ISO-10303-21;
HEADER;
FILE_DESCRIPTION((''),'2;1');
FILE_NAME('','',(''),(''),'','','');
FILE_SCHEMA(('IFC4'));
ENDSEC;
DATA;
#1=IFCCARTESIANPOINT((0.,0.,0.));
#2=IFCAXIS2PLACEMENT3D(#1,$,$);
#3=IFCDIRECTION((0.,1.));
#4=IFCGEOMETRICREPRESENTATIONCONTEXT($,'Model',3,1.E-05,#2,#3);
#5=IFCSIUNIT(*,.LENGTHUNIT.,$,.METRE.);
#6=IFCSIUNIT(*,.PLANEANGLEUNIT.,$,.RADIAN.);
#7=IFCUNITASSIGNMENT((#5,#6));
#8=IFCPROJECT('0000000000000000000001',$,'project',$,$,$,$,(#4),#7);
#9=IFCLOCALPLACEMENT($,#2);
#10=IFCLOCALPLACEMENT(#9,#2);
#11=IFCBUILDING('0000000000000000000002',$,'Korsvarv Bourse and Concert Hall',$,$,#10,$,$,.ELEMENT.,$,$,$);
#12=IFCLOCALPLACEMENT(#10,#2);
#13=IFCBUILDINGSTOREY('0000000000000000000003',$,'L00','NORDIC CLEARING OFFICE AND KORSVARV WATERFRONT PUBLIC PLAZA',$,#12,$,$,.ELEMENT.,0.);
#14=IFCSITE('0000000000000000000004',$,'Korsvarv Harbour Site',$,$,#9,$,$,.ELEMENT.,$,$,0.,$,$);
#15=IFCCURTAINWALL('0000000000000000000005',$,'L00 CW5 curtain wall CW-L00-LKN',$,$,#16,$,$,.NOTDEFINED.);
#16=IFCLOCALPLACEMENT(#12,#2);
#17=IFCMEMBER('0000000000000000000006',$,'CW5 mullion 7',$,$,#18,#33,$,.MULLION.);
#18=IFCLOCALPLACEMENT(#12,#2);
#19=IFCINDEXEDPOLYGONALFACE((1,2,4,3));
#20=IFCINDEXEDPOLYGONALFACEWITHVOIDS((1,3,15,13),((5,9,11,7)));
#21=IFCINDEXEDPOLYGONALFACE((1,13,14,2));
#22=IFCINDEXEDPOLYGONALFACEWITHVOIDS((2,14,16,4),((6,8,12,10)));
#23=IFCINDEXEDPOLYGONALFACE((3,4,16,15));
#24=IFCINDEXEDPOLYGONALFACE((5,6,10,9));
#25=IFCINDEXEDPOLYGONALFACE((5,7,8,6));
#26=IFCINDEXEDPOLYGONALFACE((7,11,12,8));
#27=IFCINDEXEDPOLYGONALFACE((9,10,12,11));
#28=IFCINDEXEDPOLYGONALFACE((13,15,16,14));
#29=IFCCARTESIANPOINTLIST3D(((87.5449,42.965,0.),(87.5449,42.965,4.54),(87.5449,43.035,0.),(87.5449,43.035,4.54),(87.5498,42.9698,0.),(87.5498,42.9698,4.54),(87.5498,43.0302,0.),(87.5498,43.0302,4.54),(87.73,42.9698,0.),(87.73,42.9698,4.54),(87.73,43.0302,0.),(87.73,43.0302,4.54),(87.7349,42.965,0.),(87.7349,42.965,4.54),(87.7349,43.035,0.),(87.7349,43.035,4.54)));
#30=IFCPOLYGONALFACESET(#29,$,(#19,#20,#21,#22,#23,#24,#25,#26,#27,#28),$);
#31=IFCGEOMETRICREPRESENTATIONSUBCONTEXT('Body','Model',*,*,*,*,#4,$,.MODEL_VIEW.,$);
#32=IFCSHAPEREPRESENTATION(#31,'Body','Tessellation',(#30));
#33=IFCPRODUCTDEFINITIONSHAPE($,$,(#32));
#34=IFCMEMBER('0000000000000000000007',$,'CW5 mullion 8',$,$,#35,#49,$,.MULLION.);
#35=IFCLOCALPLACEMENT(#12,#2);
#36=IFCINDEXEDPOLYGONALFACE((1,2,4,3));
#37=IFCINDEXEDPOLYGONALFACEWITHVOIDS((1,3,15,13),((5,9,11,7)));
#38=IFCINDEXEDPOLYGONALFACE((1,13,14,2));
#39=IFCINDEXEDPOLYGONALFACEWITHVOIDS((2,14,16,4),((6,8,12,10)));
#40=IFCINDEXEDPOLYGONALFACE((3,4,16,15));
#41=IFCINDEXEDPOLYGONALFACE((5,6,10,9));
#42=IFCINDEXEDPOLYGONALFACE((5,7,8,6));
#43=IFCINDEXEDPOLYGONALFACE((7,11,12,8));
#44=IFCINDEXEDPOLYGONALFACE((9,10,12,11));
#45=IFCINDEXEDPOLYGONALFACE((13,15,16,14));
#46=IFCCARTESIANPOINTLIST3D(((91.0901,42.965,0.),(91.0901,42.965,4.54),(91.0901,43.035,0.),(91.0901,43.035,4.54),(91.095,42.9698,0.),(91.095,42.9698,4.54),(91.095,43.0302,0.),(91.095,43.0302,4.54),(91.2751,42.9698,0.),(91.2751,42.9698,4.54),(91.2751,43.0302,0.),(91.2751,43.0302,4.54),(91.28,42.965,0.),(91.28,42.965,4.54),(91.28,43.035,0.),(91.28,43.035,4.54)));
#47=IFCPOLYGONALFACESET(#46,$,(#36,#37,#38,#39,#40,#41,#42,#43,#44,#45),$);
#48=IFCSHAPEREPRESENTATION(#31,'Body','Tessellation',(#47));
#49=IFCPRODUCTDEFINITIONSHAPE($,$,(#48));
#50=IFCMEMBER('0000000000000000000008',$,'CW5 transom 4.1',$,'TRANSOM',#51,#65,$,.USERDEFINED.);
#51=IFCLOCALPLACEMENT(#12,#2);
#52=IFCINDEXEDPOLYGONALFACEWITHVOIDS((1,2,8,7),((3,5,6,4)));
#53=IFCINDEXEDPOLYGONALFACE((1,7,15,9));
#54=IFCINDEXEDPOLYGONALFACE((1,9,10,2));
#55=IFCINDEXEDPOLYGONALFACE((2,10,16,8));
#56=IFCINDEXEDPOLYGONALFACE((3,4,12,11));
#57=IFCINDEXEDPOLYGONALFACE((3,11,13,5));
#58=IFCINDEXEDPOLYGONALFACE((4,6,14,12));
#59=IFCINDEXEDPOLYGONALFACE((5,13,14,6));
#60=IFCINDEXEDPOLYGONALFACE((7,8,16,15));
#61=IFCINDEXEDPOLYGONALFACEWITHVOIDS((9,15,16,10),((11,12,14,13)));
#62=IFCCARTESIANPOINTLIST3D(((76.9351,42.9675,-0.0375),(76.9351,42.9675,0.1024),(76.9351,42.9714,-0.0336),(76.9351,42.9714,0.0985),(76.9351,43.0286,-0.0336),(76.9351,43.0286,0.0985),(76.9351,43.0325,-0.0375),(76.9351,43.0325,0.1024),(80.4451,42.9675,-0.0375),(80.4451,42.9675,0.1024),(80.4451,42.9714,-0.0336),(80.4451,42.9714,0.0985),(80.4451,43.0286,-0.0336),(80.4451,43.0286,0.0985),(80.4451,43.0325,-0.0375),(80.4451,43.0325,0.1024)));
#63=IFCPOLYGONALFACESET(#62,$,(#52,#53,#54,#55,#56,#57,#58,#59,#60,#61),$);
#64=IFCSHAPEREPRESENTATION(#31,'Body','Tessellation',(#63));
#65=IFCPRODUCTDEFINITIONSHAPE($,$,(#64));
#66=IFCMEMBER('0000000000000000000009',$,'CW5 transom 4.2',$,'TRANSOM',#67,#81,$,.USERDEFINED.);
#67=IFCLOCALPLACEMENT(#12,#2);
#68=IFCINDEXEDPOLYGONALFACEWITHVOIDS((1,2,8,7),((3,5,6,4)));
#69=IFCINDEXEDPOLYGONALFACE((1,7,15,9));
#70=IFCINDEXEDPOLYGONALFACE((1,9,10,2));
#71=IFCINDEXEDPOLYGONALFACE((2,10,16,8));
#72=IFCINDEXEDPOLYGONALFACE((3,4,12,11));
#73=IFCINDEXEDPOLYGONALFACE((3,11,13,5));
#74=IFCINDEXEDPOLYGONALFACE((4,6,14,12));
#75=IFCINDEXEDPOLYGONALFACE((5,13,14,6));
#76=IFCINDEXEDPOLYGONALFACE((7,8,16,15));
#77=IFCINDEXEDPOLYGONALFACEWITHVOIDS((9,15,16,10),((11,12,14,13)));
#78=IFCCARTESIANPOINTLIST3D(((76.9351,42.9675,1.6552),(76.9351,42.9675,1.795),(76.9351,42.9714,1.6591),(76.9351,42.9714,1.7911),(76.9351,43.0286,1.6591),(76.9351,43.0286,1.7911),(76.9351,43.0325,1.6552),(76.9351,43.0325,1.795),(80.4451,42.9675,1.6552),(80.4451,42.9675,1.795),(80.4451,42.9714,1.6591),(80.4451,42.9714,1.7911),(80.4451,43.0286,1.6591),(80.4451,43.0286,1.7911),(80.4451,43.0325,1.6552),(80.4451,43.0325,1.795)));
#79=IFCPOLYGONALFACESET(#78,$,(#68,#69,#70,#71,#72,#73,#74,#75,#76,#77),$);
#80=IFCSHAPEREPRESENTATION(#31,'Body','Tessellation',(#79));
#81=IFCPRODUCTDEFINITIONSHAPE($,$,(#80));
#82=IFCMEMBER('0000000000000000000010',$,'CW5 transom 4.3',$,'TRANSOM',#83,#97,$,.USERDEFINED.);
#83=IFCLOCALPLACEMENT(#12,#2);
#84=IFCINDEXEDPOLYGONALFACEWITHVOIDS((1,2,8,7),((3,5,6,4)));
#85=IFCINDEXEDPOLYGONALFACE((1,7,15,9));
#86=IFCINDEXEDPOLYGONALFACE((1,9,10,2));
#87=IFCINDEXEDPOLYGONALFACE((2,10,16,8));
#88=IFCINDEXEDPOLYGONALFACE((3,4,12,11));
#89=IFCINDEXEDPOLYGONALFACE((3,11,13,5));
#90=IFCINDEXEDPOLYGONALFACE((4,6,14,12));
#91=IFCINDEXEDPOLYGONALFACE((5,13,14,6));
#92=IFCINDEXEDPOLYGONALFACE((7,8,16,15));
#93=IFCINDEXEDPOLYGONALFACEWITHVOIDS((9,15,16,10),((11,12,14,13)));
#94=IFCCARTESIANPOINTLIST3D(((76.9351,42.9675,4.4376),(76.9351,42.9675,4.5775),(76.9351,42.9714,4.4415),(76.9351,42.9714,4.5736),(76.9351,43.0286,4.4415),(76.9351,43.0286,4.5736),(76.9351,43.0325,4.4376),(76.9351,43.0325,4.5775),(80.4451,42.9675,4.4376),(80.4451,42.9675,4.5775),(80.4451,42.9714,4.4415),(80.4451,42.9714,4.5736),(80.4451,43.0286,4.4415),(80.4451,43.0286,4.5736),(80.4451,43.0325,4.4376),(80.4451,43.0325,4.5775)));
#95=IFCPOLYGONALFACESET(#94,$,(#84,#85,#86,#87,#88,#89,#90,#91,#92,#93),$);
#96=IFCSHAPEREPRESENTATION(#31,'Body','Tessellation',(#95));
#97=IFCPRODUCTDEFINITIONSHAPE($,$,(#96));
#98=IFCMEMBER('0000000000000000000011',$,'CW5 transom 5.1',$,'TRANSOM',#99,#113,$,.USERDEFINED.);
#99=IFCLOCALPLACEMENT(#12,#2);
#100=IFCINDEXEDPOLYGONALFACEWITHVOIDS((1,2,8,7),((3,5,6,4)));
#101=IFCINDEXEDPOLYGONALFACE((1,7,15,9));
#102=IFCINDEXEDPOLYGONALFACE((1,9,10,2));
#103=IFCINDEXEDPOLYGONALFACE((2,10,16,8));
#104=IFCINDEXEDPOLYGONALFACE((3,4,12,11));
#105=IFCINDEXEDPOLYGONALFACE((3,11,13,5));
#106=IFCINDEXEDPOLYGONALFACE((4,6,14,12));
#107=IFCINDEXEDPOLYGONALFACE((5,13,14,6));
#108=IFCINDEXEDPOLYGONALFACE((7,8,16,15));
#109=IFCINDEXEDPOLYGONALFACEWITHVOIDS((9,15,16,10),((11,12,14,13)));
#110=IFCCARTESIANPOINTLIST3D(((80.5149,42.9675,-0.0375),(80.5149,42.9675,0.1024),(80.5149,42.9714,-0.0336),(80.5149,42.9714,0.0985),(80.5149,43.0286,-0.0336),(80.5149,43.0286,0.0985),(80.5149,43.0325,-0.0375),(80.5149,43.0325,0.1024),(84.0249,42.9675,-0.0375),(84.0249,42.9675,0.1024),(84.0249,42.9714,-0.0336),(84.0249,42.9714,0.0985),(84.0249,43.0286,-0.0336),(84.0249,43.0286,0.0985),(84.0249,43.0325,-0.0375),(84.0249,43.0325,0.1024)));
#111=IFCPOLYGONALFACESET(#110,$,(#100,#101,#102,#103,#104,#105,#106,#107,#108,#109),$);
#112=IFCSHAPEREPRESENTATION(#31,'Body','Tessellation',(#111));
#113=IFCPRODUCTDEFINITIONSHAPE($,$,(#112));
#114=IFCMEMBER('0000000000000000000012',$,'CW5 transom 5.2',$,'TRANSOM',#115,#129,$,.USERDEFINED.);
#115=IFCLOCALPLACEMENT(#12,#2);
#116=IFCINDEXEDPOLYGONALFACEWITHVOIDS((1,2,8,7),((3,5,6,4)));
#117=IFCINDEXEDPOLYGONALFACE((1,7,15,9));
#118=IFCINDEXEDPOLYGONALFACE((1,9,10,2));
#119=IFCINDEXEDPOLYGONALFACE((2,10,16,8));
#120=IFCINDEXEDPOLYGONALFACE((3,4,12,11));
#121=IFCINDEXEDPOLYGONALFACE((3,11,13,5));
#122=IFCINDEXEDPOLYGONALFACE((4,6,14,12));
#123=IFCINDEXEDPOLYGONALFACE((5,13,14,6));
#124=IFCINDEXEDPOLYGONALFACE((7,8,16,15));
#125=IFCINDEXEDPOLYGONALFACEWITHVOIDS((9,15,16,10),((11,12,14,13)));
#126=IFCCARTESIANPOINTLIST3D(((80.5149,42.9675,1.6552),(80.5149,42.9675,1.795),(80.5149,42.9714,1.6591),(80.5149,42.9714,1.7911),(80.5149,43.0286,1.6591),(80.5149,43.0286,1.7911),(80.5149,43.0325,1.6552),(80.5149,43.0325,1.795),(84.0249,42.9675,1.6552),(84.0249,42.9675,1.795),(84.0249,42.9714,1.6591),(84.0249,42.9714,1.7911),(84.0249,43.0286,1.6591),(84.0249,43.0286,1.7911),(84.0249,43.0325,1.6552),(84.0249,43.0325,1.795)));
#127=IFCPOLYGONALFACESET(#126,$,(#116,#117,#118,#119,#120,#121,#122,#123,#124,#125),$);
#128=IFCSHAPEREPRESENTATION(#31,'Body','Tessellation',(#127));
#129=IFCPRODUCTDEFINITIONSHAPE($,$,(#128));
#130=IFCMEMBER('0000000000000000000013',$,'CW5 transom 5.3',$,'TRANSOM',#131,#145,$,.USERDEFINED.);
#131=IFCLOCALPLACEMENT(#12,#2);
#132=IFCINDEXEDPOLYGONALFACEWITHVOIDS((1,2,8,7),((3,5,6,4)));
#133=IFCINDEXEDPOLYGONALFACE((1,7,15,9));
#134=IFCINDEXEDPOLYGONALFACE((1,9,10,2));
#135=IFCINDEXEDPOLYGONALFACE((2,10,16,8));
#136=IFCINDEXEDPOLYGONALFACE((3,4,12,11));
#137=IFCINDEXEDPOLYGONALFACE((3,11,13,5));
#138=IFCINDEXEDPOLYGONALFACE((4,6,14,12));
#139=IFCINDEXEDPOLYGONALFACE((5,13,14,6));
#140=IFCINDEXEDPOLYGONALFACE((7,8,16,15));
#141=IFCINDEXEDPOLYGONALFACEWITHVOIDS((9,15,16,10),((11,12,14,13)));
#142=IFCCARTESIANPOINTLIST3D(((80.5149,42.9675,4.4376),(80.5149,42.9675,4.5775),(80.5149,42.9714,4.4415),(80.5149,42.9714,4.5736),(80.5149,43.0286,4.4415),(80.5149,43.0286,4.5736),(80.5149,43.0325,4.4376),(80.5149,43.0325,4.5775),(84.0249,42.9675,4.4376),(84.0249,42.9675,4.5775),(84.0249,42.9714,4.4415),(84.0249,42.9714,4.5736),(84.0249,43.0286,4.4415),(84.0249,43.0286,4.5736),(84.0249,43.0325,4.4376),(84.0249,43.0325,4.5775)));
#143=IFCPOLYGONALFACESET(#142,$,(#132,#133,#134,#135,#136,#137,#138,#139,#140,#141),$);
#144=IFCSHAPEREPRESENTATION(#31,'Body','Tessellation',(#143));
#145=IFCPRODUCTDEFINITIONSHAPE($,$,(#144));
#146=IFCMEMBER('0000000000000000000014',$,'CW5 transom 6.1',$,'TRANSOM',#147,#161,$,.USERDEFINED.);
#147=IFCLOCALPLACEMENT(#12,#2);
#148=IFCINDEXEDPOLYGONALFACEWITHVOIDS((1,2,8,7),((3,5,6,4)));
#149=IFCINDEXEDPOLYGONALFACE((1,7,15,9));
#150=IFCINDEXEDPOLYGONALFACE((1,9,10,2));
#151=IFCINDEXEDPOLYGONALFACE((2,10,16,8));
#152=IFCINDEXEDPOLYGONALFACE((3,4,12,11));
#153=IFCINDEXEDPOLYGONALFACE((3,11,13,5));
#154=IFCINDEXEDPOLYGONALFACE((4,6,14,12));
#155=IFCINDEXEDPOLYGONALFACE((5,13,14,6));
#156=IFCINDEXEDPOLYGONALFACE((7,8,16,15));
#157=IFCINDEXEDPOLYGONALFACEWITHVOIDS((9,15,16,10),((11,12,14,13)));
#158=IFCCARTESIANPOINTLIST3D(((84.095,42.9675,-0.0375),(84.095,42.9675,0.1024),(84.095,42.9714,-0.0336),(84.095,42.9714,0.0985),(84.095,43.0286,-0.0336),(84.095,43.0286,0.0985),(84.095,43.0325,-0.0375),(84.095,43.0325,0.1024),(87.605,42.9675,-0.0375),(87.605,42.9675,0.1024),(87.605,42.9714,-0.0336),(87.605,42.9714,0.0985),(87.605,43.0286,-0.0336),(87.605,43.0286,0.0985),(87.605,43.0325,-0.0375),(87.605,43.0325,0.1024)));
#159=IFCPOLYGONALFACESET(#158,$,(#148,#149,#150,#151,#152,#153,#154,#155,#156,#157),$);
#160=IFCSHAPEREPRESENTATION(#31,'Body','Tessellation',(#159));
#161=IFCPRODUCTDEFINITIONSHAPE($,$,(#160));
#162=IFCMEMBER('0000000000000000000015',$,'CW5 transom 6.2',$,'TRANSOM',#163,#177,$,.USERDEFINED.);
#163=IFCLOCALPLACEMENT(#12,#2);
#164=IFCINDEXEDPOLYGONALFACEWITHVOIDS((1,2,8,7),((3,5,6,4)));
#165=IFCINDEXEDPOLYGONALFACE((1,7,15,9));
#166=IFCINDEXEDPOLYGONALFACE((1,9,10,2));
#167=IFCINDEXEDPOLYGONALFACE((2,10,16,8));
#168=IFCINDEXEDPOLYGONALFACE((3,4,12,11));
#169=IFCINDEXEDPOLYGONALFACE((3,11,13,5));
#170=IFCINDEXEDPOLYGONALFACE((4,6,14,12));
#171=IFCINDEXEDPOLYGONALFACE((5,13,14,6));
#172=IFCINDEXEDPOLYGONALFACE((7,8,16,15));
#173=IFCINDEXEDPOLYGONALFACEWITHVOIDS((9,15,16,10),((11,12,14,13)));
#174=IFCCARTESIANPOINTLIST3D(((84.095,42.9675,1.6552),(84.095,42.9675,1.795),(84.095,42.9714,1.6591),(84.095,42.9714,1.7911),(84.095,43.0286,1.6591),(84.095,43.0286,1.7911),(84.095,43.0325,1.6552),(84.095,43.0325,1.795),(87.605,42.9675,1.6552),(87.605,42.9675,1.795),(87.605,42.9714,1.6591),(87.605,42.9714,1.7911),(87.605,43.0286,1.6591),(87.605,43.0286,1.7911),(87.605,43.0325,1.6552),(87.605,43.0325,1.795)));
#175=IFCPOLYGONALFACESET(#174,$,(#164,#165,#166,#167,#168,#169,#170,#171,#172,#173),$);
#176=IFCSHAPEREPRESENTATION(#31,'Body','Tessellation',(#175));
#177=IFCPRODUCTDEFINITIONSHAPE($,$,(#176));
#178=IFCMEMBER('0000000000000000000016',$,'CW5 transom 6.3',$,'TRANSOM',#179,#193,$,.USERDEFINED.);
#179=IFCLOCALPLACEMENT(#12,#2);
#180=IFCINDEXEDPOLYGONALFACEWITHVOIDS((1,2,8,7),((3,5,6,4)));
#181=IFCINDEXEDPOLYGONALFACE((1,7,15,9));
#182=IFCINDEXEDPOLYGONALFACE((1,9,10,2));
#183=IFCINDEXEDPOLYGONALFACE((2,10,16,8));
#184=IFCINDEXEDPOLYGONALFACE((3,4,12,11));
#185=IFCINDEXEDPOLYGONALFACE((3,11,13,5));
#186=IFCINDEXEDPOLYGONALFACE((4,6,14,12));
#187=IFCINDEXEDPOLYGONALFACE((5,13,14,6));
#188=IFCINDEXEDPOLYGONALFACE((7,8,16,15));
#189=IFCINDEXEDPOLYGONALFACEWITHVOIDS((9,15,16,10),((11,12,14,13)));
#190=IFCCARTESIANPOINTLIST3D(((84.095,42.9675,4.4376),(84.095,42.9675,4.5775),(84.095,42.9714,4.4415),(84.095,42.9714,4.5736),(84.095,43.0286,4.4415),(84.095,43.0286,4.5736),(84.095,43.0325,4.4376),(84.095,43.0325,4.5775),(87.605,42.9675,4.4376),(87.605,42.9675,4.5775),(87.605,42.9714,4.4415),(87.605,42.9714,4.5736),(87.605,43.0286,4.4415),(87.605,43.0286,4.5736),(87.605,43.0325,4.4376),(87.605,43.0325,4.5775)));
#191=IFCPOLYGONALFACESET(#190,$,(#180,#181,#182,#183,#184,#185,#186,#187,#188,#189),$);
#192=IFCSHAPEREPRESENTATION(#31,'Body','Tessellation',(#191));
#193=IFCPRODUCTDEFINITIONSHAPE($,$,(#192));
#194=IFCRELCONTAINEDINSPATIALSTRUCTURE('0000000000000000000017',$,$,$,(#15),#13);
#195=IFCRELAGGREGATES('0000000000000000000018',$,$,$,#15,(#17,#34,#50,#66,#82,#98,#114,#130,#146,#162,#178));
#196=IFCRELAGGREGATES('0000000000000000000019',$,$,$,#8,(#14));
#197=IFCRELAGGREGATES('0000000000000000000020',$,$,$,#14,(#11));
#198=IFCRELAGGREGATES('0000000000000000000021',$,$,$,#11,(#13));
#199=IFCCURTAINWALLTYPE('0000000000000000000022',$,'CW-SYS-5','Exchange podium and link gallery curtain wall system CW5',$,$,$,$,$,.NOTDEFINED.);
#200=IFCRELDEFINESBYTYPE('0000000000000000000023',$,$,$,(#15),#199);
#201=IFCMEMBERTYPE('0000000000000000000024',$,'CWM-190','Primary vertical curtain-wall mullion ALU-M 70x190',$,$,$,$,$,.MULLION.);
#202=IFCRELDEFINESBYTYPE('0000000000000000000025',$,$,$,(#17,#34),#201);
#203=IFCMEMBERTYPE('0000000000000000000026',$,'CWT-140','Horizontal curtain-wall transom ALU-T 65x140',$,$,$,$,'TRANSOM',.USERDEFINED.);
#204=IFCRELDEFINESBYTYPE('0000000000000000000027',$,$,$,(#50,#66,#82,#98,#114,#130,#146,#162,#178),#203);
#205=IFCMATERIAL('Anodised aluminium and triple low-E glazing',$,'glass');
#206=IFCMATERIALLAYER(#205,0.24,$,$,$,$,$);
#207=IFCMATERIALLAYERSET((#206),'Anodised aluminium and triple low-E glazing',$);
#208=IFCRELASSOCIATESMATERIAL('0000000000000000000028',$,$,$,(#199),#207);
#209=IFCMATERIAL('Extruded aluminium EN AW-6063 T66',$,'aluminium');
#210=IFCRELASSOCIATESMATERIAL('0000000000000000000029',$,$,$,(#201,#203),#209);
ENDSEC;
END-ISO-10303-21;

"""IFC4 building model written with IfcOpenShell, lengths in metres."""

from ifc_helpers import new_model, si_unit, direction, frame, origin, origin_2d, place, context, subcontext, project, spatial, hollow_rectangle, extrude, source, transform, mapped, material, layer, layer_set, material_profile, profile_set, type_object, element, aggregate, save


model = new_model("IFC4")

# Units and contexts
model_context = context("Model", 3, precision=1e-05, world=origin(), true_north=direction((0.0, 1.0)))
body_context = subcontext(model_context, "Body", "Model", "MODEL_VIEW")
ifc_project = project(units=[si_unit("LENGTHUNIT", "METRE"), si_unit("PLANEANGLEUNIT", "RADIAN")], contexts=[model_context])

# Site, building, storey
site_placement = place(None, origin())
site = spatial("IfcSite", under=ifc_project, at=site_placement, Name="Korsvarv Harbour Site", CompositionType="ELEMENT", RefElevation=0.0)
building_placement = place(site_placement, origin())
building = spatial("IfcBuilding", under=site, at=building_placement, Name="Korsvarv Bourse and Concert Hall", CompositionType="ELEMENT")
storey_placement = place(building_placement, origin())
storey = spatial("IfcBuildingStorey", under=building, at=storey_placement, Name="L00", Description="NORDIC CLEARING OFFICE AND KORSVARV WATERFRONT PUBLIC PLAZA", CompositionType="ELEMENT", Elevation=0.0)

# Curtain wall, members
ifc_material_1 = material(Name="Anodised aluminium and triple low-E glazing", Category="glass")
ifc_layer_1 = layer(ifc_material_1, 0.24)
ifc_layer_set_1 = layer_set([ifc_layer_1], Name="Anodised aluminium and triple low-E glazing")
curtain_wall_type_1 = type_object("IfcCurtainWallType", Name="CW-SYS-5", Description="Exchange podium and link gallery curtain wall system CW5", PredefinedType="NOTDEFINED", material=ifc_layer_set_1)
curtain_wall_1_placement = place(storey_placement, origin())
curtain_wall_1 = element("IfcCurtainWall", 1, at=curtain_wall_1_placement, inside=storey, type_object=curtain_wall_type_1, Name="L00 CW5 curtain wall CW-L00-LKN", PredefinedType="NOTDEFINED")
ifc_material_2 = material(Name="Extruded aluminium EN AW-6063 T66", Category="aluminium")
ifc_material_profile_1 = material_profile(ifc_material_2, hollow_rectangle(XDim=0.0701, YDim=0.1899, WallThickness=0.0049, at=origin_2d()), Name="ALU-M 70x190")
ifc_profile_set_1 = profile_set([ifc_material_profile_1], Name="Extruded aluminium EN AW-6063 T66")
member_type_1 = type_object("IfcMemberType", Name="CWM-190", Description="Primary vertical curtain-wall mullion ALU-M 70x190", PredefinedType="MULLION", material=ifc_profile_set_1)
shared_shape_1 = source(origin(), body_context, "Body", "SweptSolid", [
    extrude(hollow_rectangle(XDim=0.0701, YDim=0.1899, WallThickness=0.0049, at=origin_2d()), origin(), (0.0, 0.0, 1.0), 4.54),
])
member_1_placement = place(storey_placement, frame((87.6399, 43.0, 0.0), z_axis=(0.0, 0.0, 1.0), x_axis=(0.0, 1.0, 0.0)))
member_1 = element("IfcMember", 2, at=member_1_placement, type_object=member_type_1, Name="CW5 mullion 7", PredefinedType="MULLION", context=body_context, shape_type="MappedRepresentation", body=[
    mapped(shared_shape_1, transform((0.0, 0.0, 0.0), scale=1.0)),
])
member_2_placement = place(storey_placement, frame((91.1851, 43.0, 0.0), z_axis=(0.0, 0.0, 1.0), x_axis=(0.0, 1.0, 0.0)))
member_2 = element("IfcMember", 3, at=member_2_placement, type_object=member_type_1, Name="CW5 mullion 8", PredefinedType="MULLION", context=body_context, shape_type="MappedRepresentation", body=[
    mapped(shared_shape_1, transform((0.0, 0.0, 0.0), scale=1.0)),
])
ifc_material_profile_2 = material_profile(ifc_material_2, hollow_rectangle(XDim=0.0649, YDim=0.1399, WallThickness=0.0039, at=origin_2d()), Name="ALU-T 65x140")
ifc_profile_set_2 = profile_set([ifc_material_profile_2], Name="Extruded aluminium EN AW-6063 T66")
member_type_2 = type_object("IfcMemberType", Name="CWT-140", Description="Horizontal curtain-wall transom ALU-T 65x140", ElementType="TRANSOM", PredefinedType="USERDEFINED", material=ifc_profile_set_2)
shared_shape_2 = source(origin(), body_context, "Body", "SweptSolid", [
    extrude(hollow_rectangle(XDim=0.0649, YDim=0.1399, WallThickness=0.0039, at=origin_2d()), origin(), (0.0, 0.0, 1.0), 3.51),
])
member_3_placement = place(storey_placement, frame((76.9351, 43.0, 0.0325), z_axis=(1.0, 0.0, 0.0), x_axis=(0.0, 1.0, 0.0)))
member_3 = element("IfcMember", 4, at=member_3_placement, type_object=member_type_2, Name="CW5 transom 4.1", ObjectType="TRANSOM", PredefinedType="USERDEFINED", context=body_context, shape_type="MappedRepresentation", body=[
    mapped(shared_shape_2, transform((0.0, 0.0, 0.0), scale=1.0)),
])
member_4_placement = place(storey_placement, frame((76.9351, 43.0, 1.7251), z_axis=(1.0, 0.0, 0.0), x_axis=(0.0, 1.0, 0.0)))
member_4 = element("IfcMember", 5, at=member_4_placement, type_object=member_type_2, Name="CW5 transom 4.2", ObjectType="TRANSOM", PredefinedType="USERDEFINED", context=body_context, shape_type="MappedRepresentation", body=[
    mapped(shared_shape_2, transform((0.0, 0.0, 0.0), scale=1.0)),
])
member_5_placement = place(storey_placement, frame((76.9351, 43.0, 4.5076), z_axis=(1.0, 0.0, 0.0), x_axis=(0.0, 1.0, 0.0)))
member_5 = element("IfcMember", 6, at=member_5_placement, type_object=member_type_2, Name="CW5 transom 4.3", ObjectType="TRANSOM", PredefinedType="USERDEFINED", context=body_context, shape_type="MappedRepresentation", body=[
    mapped(shared_shape_2, transform((0.0, 0.0, 0.0), scale=1.0)),
])
member_6_placement = place(storey_placement, frame((80.5149, 43.0, 0.0325), z_axis=(1.0, 0.0, 0.0), x_axis=(0.0, 1.0, 0.0)))
member_6 = element("IfcMember", 7, at=member_6_placement, type_object=member_type_2, Name="CW5 transom 5.1", ObjectType="TRANSOM", PredefinedType="USERDEFINED", context=body_context, shape_type="MappedRepresentation", body=[
    mapped(shared_shape_2, transform((0.0, 0.0, 0.0), scale=1.0)),
])
member_7_placement = place(storey_placement, frame((80.5149, 43.0, 1.7251), z_axis=(1.0, 0.0, 0.0), x_axis=(0.0, 1.0, 0.0)))
member_7 = element("IfcMember", 8, at=member_7_placement, type_object=member_type_2, Name="CW5 transom 5.2", ObjectType="TRANSOM", PredefinedType="USERDEFINED", context=body_context, shape_type="MappedRepresentation", body=[
    mapped(shared_shape_2, transform((0.0, 0.0, 0.0), scale=1.0)),
])
member_8_placement = place(storey_placement, frame((80.5149, 43.0, 4.5076), z_axis=(1.0, 0.0, 0.0), x_axis=(0.0, 1.0, 0.0)))
member_8 = element("IfcMember", 9, at=member_8_placement, type_object=member_type_2, Name="CW5 transom 5.3", ObjectType="TRANSOM", PredefinedType="USERDEFINED", context=body_context, shape_type="MappedRepresentation", body=[
    mapped(shared_shape_2, transform((0.0, 0.0, 0.0), scale=1.0)),
])
member_9_placement = place(storey_placement, frame((84.095, 43.0, 0.0325), z_axis=(1.0, 0.0, 0.0), x_axis=(0.0, 1.0, 0.0)))
member_9 = element("IfcMember", 10, at=member_9_placement, type_object=member_type_2, Name="CW5 transom 6.1", ObjectType="TRANSOM", PredefinedType="USERDEFINED", context=body_context, shape_type="MappedRepresentation", body=[
    mapped(shared_shape_2, transform((0.0, 0.0, 0.0), scale=1.0)),
])
member_10_placement = place(storey_placement, frame((84.095, 43.0, 1.7251), z_axis=(1.0, 0.0, 0.0), x_axis=(0.0, 1.0, 0.0)))
member_10 = element("IfcMember", 11, at=member_10_placement, type_object=member_type_2, Name="CW5 transom 6.2", ObjectType="TRANSOM", PredefinedType="USERDEFINED", context=body_context, shape_type="MappedRepresentation", body=[
    mapped(shared_shape_2, transform((0.0, 0.0, 0.0), scale=1.0)),
])
member_11_placement = place(storey_placement, frame((84.095, 43.0, 4.5076), z_axis=(1.0, 0.0, 0.0), x_axis=(0.0, 1.0, 0.0)))
member_11 = element("IfcMember", 12, at=member_11_placement, type_object=member_type_2, Name="CW5 transom 6.3", ObjectType="TRANSOM", PredefinedType="USERDEFINED", context=body_context, shape_type="MappedRepresentation", body=[
    mapped(shared_shape_2, transform((0.0, 0.0, 0.0), scale=1.0)),
])

aggregate(curtain_wall_1, [member_1, member_2, member_3, member_4, member_5, member_6, member_7, member_8, member_9, member_10, member_11])

save(model, "model.ifc")
